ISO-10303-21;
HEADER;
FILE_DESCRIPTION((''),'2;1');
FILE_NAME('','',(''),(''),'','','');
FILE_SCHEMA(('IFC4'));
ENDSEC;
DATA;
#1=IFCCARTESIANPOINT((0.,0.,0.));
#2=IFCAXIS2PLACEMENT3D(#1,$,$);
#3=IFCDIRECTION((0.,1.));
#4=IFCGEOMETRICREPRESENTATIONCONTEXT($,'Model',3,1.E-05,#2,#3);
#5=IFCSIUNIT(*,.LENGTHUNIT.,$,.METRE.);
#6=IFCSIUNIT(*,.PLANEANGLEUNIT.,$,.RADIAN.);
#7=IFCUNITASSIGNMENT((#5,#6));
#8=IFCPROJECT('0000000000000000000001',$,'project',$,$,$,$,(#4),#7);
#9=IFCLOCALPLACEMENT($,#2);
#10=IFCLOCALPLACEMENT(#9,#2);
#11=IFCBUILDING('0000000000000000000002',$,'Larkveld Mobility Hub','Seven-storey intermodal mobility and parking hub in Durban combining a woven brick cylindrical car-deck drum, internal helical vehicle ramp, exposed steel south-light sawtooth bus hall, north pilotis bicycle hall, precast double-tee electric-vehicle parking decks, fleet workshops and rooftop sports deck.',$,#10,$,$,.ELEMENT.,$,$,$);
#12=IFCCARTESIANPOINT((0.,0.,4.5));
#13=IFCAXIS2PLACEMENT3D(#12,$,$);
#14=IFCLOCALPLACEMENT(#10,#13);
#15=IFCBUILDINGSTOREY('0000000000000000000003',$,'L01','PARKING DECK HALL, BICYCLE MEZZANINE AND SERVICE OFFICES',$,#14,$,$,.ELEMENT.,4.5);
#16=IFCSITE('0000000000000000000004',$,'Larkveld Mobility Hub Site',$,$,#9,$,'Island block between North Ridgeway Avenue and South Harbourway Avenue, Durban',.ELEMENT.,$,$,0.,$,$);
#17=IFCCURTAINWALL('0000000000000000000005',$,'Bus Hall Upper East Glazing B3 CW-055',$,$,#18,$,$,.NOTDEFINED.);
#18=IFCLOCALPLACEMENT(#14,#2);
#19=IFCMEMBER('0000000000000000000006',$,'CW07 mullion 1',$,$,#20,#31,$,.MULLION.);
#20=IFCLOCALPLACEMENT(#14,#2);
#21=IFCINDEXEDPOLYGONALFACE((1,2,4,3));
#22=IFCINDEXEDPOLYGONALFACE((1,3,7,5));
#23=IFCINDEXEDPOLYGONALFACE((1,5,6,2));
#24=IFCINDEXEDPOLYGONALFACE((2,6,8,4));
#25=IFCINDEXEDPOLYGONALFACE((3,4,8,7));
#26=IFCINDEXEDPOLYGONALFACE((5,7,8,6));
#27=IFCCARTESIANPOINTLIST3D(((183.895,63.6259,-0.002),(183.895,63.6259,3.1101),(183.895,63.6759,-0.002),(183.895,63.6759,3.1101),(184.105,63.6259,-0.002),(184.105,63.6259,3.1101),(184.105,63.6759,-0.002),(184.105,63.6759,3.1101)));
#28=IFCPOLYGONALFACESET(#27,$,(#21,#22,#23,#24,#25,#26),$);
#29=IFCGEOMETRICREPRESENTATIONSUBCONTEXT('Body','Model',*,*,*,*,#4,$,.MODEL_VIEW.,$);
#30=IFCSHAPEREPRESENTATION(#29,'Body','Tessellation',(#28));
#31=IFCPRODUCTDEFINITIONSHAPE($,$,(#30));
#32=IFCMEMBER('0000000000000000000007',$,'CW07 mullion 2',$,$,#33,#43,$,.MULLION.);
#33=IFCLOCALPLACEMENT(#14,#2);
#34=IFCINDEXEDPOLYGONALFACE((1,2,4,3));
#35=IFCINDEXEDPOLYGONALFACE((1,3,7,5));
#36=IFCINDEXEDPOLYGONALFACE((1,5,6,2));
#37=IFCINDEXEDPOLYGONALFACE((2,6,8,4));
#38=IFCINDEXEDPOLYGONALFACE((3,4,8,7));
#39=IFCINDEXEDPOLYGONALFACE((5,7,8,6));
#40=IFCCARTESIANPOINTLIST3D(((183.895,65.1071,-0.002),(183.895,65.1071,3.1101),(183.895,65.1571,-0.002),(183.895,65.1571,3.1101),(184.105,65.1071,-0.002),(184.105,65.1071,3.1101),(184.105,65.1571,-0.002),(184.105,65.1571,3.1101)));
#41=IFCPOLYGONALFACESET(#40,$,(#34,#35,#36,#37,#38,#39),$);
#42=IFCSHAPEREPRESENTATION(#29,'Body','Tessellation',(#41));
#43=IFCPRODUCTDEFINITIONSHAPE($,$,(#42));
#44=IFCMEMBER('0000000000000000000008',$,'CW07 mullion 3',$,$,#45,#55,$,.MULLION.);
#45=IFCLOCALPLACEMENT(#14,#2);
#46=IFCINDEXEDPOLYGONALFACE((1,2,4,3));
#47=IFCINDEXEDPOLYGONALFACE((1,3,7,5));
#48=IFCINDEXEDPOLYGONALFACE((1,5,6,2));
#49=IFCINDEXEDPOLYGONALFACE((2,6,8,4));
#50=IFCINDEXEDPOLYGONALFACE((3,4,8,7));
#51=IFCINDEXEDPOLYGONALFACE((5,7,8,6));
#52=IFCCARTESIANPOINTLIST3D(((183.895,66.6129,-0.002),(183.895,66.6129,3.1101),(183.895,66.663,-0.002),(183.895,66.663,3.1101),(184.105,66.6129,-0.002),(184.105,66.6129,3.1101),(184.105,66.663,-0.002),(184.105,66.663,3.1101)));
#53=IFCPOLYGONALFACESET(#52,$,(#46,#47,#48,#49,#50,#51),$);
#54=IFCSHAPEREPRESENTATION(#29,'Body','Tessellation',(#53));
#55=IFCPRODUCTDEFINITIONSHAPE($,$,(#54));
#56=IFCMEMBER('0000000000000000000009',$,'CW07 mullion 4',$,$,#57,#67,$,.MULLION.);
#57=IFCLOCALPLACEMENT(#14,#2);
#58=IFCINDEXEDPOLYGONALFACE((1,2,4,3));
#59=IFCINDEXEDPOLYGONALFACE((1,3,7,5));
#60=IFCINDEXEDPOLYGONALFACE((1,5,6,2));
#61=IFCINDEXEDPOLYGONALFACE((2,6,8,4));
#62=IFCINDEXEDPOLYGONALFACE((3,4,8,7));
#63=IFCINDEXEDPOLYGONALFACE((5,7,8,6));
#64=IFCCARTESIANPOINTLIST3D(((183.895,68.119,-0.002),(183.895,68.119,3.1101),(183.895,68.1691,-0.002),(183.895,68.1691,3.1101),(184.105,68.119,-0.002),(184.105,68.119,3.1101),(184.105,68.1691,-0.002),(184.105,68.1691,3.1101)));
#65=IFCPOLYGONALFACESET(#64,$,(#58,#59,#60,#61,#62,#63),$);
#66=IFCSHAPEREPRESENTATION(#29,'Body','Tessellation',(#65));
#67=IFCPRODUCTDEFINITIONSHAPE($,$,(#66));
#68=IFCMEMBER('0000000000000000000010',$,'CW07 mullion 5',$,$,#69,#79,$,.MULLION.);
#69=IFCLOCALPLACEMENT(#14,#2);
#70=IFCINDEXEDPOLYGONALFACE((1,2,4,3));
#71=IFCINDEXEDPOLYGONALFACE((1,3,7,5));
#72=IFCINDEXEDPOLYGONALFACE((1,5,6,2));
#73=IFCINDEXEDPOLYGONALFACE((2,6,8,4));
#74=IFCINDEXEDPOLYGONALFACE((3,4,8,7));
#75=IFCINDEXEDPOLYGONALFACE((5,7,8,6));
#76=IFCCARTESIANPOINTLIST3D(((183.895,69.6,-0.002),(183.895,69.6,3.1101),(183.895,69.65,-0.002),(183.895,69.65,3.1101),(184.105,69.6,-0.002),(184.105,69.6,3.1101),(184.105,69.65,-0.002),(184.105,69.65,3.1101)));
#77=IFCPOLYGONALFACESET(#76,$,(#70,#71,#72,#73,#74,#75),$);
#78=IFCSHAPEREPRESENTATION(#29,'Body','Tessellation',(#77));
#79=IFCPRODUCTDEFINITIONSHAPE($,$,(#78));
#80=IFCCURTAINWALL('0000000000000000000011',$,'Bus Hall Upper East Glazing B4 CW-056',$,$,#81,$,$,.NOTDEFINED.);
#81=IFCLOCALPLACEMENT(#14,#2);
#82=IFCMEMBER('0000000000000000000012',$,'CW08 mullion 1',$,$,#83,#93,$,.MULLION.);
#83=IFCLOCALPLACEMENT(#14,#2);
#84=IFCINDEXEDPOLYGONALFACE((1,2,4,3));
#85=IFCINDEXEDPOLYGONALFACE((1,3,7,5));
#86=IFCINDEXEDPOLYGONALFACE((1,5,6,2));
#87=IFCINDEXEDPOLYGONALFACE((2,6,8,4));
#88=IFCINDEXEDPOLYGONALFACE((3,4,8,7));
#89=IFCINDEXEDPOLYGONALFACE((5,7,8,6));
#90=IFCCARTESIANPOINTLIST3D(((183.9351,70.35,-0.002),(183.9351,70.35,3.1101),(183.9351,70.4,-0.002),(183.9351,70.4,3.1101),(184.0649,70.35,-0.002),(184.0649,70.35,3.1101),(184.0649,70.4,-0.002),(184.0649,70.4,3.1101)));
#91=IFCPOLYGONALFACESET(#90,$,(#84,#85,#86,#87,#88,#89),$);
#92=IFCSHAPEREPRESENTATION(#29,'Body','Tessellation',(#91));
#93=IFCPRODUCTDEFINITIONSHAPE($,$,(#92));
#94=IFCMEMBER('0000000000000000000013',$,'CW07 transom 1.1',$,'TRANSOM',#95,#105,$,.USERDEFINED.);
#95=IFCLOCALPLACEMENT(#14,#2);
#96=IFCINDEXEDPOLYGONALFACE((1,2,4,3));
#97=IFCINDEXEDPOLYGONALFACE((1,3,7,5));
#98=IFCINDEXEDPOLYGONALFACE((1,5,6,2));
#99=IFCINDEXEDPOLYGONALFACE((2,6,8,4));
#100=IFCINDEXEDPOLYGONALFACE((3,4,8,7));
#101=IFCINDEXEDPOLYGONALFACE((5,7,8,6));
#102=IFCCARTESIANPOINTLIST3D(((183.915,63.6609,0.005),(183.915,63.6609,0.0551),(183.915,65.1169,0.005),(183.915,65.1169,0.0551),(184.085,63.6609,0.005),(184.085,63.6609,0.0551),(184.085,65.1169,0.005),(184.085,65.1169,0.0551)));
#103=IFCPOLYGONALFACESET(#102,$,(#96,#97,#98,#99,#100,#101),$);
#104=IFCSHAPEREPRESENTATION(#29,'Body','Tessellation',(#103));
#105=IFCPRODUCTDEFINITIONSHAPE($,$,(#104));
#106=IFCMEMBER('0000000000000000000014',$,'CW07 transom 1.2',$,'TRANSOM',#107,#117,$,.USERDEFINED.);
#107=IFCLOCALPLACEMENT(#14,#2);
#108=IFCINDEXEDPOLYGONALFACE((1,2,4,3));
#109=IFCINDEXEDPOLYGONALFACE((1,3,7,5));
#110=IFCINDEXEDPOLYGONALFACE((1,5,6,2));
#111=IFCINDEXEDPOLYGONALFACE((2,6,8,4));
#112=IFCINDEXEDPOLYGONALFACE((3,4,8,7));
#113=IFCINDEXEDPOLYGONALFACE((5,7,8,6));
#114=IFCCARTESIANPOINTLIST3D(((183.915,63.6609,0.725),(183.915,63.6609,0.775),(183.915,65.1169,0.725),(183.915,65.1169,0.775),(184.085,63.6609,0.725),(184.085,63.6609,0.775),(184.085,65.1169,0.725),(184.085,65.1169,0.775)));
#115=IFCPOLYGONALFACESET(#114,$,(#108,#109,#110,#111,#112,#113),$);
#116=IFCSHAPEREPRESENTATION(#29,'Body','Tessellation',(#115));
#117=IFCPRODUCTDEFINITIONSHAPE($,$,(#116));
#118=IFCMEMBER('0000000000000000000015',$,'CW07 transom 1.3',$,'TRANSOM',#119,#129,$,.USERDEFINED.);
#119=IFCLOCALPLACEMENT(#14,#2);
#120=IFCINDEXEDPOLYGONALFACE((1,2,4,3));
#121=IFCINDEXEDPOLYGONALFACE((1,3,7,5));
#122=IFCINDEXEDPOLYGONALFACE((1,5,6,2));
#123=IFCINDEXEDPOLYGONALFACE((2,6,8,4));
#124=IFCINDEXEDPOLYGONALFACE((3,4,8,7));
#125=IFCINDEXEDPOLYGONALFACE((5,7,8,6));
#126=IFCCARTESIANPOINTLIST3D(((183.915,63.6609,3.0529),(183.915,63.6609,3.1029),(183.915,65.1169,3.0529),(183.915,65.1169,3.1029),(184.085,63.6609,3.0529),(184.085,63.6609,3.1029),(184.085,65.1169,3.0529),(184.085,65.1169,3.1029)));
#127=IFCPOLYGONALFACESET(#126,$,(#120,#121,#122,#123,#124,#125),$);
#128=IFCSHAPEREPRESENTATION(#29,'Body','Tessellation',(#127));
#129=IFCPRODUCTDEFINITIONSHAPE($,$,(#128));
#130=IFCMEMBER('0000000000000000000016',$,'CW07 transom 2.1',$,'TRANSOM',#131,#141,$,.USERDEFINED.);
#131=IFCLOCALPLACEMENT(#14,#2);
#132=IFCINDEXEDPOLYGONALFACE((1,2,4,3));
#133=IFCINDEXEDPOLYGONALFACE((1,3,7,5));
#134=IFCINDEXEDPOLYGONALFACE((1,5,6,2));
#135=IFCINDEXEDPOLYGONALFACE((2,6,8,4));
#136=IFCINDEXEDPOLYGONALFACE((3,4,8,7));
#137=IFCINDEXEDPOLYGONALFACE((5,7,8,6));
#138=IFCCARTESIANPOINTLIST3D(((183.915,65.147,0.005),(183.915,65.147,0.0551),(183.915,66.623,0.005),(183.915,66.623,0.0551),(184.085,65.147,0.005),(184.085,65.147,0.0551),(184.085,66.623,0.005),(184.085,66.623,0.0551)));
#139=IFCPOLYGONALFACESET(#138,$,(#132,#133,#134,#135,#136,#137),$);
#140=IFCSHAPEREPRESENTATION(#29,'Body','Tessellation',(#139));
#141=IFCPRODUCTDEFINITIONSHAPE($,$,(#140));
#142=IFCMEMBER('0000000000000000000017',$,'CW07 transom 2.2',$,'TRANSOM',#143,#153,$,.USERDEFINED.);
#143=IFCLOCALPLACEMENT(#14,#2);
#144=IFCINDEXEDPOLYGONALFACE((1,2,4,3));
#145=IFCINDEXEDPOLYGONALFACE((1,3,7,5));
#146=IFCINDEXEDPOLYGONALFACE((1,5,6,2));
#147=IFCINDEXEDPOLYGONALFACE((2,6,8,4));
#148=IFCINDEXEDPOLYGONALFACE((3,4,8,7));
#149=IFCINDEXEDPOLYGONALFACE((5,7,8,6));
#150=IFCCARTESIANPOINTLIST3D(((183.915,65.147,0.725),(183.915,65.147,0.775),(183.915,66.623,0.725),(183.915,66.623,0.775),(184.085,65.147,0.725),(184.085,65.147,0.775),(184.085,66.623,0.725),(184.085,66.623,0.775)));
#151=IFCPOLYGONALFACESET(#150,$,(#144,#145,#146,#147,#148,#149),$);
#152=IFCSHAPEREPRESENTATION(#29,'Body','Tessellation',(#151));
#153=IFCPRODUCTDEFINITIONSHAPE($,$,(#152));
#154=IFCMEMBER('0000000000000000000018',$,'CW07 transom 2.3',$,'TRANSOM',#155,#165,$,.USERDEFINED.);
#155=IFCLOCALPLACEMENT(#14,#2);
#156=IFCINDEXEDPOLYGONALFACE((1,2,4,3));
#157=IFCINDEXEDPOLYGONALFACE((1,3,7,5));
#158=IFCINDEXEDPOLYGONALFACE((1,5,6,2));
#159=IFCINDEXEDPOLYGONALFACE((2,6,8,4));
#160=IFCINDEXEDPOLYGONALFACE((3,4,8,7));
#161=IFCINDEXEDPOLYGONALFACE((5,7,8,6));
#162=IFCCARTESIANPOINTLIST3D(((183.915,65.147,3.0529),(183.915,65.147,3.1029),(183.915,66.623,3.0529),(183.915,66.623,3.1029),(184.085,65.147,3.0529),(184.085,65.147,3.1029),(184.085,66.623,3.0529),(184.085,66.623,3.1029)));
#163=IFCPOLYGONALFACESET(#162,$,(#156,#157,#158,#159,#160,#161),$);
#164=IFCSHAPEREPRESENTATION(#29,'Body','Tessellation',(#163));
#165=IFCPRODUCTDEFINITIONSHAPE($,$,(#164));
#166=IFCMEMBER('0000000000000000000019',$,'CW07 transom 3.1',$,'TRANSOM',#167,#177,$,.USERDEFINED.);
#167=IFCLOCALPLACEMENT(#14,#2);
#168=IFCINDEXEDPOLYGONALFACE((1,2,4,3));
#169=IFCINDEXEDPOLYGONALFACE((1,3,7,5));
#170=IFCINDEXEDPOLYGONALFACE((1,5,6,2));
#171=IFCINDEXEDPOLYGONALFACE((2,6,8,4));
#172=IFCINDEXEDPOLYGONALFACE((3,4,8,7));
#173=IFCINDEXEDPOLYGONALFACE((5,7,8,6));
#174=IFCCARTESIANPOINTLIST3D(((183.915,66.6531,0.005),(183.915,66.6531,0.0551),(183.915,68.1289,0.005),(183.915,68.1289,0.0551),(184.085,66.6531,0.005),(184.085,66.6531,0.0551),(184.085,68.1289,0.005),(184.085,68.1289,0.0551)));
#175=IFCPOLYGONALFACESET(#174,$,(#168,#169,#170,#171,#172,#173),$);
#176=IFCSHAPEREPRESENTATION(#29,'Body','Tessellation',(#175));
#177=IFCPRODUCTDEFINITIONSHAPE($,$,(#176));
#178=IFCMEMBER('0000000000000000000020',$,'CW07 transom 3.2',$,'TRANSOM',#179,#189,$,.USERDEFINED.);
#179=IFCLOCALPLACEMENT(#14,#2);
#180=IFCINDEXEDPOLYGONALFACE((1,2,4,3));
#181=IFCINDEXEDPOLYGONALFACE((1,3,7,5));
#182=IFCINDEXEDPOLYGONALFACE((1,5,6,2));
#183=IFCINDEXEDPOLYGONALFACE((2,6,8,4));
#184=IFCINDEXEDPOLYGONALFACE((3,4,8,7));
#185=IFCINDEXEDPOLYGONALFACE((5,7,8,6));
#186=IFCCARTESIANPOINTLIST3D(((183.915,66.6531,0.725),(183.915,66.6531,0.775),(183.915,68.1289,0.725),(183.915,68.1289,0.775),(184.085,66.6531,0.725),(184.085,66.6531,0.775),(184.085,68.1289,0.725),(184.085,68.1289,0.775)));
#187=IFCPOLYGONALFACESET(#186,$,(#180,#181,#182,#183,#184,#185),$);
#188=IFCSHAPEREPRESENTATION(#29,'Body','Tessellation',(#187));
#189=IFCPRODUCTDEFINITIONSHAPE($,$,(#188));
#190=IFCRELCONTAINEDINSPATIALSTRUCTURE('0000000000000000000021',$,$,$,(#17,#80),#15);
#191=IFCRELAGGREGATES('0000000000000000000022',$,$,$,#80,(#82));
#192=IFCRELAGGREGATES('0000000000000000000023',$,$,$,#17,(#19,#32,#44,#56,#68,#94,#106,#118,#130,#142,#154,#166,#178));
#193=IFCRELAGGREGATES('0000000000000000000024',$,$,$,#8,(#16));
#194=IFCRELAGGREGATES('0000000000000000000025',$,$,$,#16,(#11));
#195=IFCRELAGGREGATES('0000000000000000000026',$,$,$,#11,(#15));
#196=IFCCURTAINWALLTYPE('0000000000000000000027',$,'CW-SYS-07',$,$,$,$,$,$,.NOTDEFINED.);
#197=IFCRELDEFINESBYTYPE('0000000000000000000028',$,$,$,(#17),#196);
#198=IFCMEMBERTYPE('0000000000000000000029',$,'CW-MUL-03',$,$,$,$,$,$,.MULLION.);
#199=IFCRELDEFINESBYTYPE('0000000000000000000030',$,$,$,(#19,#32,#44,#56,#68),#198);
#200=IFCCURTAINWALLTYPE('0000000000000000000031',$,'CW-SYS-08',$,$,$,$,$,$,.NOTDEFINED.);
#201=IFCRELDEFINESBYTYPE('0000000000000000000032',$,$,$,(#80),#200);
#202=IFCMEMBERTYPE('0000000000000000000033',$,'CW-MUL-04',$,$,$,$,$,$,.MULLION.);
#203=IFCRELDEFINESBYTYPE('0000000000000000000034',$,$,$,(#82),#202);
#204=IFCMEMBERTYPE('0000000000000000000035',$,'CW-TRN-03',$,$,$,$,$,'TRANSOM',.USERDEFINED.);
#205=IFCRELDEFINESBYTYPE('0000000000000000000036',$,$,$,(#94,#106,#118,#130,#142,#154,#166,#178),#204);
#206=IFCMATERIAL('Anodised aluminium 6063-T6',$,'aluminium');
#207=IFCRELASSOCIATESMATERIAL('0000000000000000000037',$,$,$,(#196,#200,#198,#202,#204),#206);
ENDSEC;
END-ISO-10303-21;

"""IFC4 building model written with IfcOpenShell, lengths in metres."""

from ifc_helpers import new_model, si_unit, direction, frame, origin, origin_2d, place, context, subcontext, project, spatial, rectangle, extrude, material, material_profile, profile_set, type_object, element, aggregate, save


model = new_model("IFC4")

# Units and contexts
model_context = context("Model", 3, precision=1e-05, world=origin(), true_north=direction((0.0, 1.0)))
body_context = subcontext(model_context, "Body", "Model", "MODEL_VIEW")
ifc_project = project(units=[si_unit("LENGTHUNIT", "METRE"), si_unit("PLANEANGLEUNIT", "RADIAN")], contexts=[model_context])

# Site, building, storey
site_placement = place(None, origin())
site = spatial("IfcSite", under=ifc_project, at=site_placement, Name="Larkveld Mobility Hub Site", LongName="Island block between North Ridgeway Avenue and South Harbourway Avenue, Durban", CompositionType="ELEMENT", RefElevation=0.0)
building_placement = place(site_placement, origin())
building = spatial("IfcBuilding", under=site, at=building_placement, Name="Larkveld Mobility Hub", Description="Seven-storey intermodal mobility and parking hub in Durban combining a woven brick cylindrical car-deck drum, internal helical vehicle ramp, exposed steel south-light sawtooth bus hall, north pilotis bicycle hall, precast double-tee electric-vehicle parking decks, fleet workshops and rooftop sports deck.", CompositionType="ELEMENT")
storey_placement = place(building_placement, frame((0.0, 0.0, 4.5)))
storey = spatial("IfcBuildingStorey", under=building, at=storey_placement, Name="L01", Description="PARKING DECK HALL, BICYCLE MEZZANINE AND SERVICE OFFICES", CompositionType="ELEMENT", Elevation=4.5)

# Curtain wall, members
ifc_material_1 = material(Name="Anodised aluminium 6063-T6", Category="aluminium")
curtain_wall_type_1 = type_object("IfcCurtainWallType", Name="CW-SYS-07", PredefinedType="NOTDEFINED", material=ifc_material_1)
curtain_wall_1_placement = place(storey_placement, origin())
curtain_wall_1 = element("IfcCurtainWall", 1, at=curtain_wall_1_placement, inside=storey, type_object=curtain_wall_type_1, Name="Bus Hall Upper East Glazing B3 CW-055", PredefinedType="NOTDEFINED")
ifc_material_profile_1 = material_profile(ifc_material_1, rectangle(XDim=0.05, YDim=0.21, at=origin_2d()), Name="ALU MULL 50x210")
ifc_profile_set_1 = profile_set([ifc_material_profile_1], Name="Anodised aluminium 6063-T6")
member_type_1 = type_object("IfcMemberType", Name="CW-MUL-03", PredefinedType="MULLION", material=ifc_profile_set_1)
member_1_placement = place(storey_placement, frame((184.0, 63.6509, -0.002), z_axis=(0.0, 0.0, 1.0), x_axis=(0.0, 1.0, 0.0)))
member_1 = element("IfcMember", 2, at=member_1_placement, type_object=member_type_1, Name="CW07 mullion 1", PredefinedType="MULLION", context=body_context, shape_type="SweptSolid", body=[
    extrude(rectangle(XDim=0.05, YDim=0.21, at=origin_2d()), origin(), (0.0, 0.0, 1.0), 3.1121),
])
member_2_placement = place(storey_placement, frame((184.0, 65.1321, -0.002), z_axis=(0.0, 0.0, 1.0), x_axis=(0.0, 1.0, 0.0)))
member_2 = element("IfcMember", 3, at=member_2_placement, type_object=member_type_1, Name="CW07 mullion 2", PredefinedType="MULLION", context=body_context, shape_type="SweptSolid", body=[
    extrude(rectangle(XDim=0.05, YDim=0.21, at=origin_2d()), origin(), (0.0, 0.0, 1.0), 3.1121),
])
member_3_placement = place(storey_placement, frame((184.0, 66.6379, -0.002), z_axis=(0.0, 0.0, 1.0), x_axis=(0.0, 1.0, 0.0)))
member_3 = element("IfcMember", 4, at=member_3_placement, type_object=member_type_1, Name="CW07 mullion 3", PredefinedType="MULLION", context=body_context, shape_type="SweptSolid", body=[
    extrude(rectangle(XDim=0.05, YDim=0.21, at=origin_2d()), origin(), (0.0, 0.0, 1.0), 3.1121),
])
member_4_placement = place(storey_placement, frame((184.0, 68.144, -0.002), z_axis=(0.0, 0.0, 1.0), x_axis=(0.0, 1.0, 0.0)))
member_4 = element("IfcMember", 5, at=member_4_placement, type_object=member_type_1, Name="CW07 mullion 4", PredefinedType="MULLION", context=body_context, shape_type="SweptSolid", body=[
    extrude(rectangle(XDim=0.05, YDim=0.21, at=origin_2d()), origin(), (0.0, 0.0, 1.0), 3.1121),
])
member_5_placement = place(storey_placement, frame((184.0, 69.625, -0.002), z_axis=(0.0, 0.0, 1.0), x_axis=(0.0, 1.0, 0.0)))
member_5 = element("IfcMember", 6, at=member_5_placement, type_object=member_type_1, Name="CW07 mullion 5", PredefinedType="MULLION", context=body_context, shape_type="SweptSolid", body=[
    extrude(rectangle(XDim=0.05, YDim=0.21, at=origin_2d()), origin(), (0.0, 0.0, 1.0), 3.1121),
])

# Curtain wall, member
curtain_wall_type_2 = type_object("IfcCurtainWallType", Name="CW-SYS-08", PredefinedType="NOTDEFINED", material=ifc_material_1)
curtain_wall_2_placement = place(storey_placement, origin())
curtain_wall_2 = element("IfcCurtainWall", 7, at=curtain_wall_2_placement, inside=storey, type_object=curtain_wall_type_2, Name="Bus Hall Upper East Glazing B4 CW-056", PredefinedType="NOTDEFINED")
ifc_material_profile_2 = material_profile(ifc_material_1, rectangle(XDim=0.05, YDim=0.1299, at=origin_2d()), Name="ALU MULL 50x130")
ifc_profile_set_2 = profile_set([ifc_material_profile_2], Name="Anodised aluminium 6063-T6")
member_type_2 = type_object("IfcMemberType", Name="CW-MUL-04", PredefinedType="MULLION", material=ifc_profile_set_2)
member_6_placement = place(storey_placement, frame((184.0, 70.375, -0.002), z_axis=(0.0, 0.0, 1.0), x_axis=(0.0, 1.0, 0.0)))
member_6 = element("IfcMember", 8, at=member_6_placement, type_object=member_type_2, Name="CW08 mullion 1", PredefinedType="MULLION", context=body_context, shape_type="SweptSolid", body=[
    extrude(rectangle(XDim=0.05, YDim=0.1299, at=origin_2d()), origin(), (0.0, 0.0, 1.0), 3.1121),
])
aggregate(curtain_wall_2, [member_6])

# Members
ifc_material_profile_3 = material_profile(ifc_material_1, rectangle(XDim=0.1699, YDim=0.05, at=origin_2d()), Name="ALU TRAN 50x170")
ifc_profile_set_3 = profile_set([ifc_material_profile_3], Name="Anodised aluminium 6063-T6")
member_type_3 = type_object("IfcMemberType", Name="CW-TRN-03", ElementType="TRANSOM", PredefinedType="USERDEFINED", material=ifc_profile_set_3)
member_7_placement = place(storey_placement, frame((184.0, 63.6609, 0.03), z_axis=(0.0, 1.0, 0.0), x_axis=(-1.0, 0.0, 0.0)))
member_7 = element("IfcMember", 9, at=member_7_placement, type_object=member_type_3, Name="CW07 transom 1.1", ObjectType="TRANSOM", PredefinedType="USERDEFINED", context=body_context, shape_type="SweptSolid", body=[
    extrude(rectangle(XDim=0.1699, YDim=0.05, at=origin_2d()), origin(), (0.0, 0.0, 1.0), 1.4561),
])
member_8_placement = place(storey_placement, frame((184.0, 63.6609, 0.75), z_axis=(0.0, 1.0, 0.0), x_axis=(-1.0, 0.0, 0.0)))
member_8 = element("IfcMember", 10, at=member_8_placement, type_object=member_type_3, Name="CW07 transom 1.2", ObjectType="TRANSOM", PredefinedType="USERDEFINED", context=body_context, shape_type="SweptSolid", body=[
    extrude(rectangle(XDim=0.1699, YDim=0.05, at=origin_2d()), origin(), (0.0, 0.0, 1.0), 1.4561),
])
member_9_placement = place(storey_placement, frame((184.0, 63.6609, 3.0779), z_axis=(0.0, 1.0, 0.0), x_axis=(-1.0, 0.0, 0.0)))
member_9 = element("IfcMember", 11, at=member_9_placement, type_object=member_type_3, Name="CW07 transom 1.3", ObjectType="TRANSOM", PredefinedType="USERDEFINED", context=body_context, shape_type="SweptSolid", body=[
    extrude(rectangle(XDim=0.1699, YDim=0.05, at=origin_2d()), origin(), (0.0, 0.0, 1.0), 1.4561),
])
member_10_placement = place(storey_placement, frame((184.0, 65.147, 0.03), z_axis=(0.0, 1.0, 0.0), x_axis=(-1.0, 0.0, 0.0)))
member_10 = element("IfcMember", 12, at=member_10_placement, type_object=member_type_3, Name="CW07 transom 2.1", ObjectType="TRANSOM", PredefinedType="USERDEFINED", context=body_context, shape_type="SweptSolid", body=[
    extrude(rectangle(XDim=0.1699, YDim=0.05, at=origin_2d()), origin(), (0.0, 0.0, 1.0), 1.4761),
])
member_11_placement = place(storey_placement, frame((184.0, 65.147, 0.75), z_axis=(0.0, 1.0, 0.0), x_axis=(-1.0, 0.0, 0.0)))
member_11 = element("IfcMember", 13, at=member_11_placement, type_object=member_type_3, Name="CW07 transom 2.2", ObjectType="TRANSOM", PredefinedType="USERDEFINED", context=body_context, shape_type="SweptSolid", body=[
    extrude(rectangle(XDim=0.1699, YDim=0.05, at=origin_2d()), origin(), (0.0, 0.0, 1.0), 1.4761),
])
member_12_placement = place(storey_placement, frame((184.0, 65.147, 3.0779), z_axis=(0.0, 1.0, 0.0), x_axis=(-1.0, 0.0, 0.0)))
member_12 = element("IfcMember", 14, at=member_12_placement, type_object=member_type_3, Name="CW07 transom 2.3", ObjectType="TRANSOM", PredefinedType="USERDEFINED", context=body_context, shape_type="SweptSolid", body=[
    extrude(rectangle(XDim=0.1699, YDim=0.05, at=origin_2d()), origin(), (0.0, 0.0, 1.0), 1.4761),
])
member_13_placement = place(storey_placement, frame((184.0, 66.6531, 0.03), z_axis=(0.0, 1.0, 0.0), x_axis=(-1.0, 0.0, 0.0)))
member_13 = element("IfcMember", 15, at=member_13_placement, type_object=member_type_3, Name="CW07 transom 3.1", ObjectType="TRANSOM", PredefinedType="USERDEFINED", context=body_context, shape_type="SweptSolid", body=[
    extrude(rectangle(XDim=0.1699, YDim=0.05, at=origin_2d()), origin(), (0.0, 0.0, 1.0), 1.4758),
])
member_14_placement = place(storey_placement, frame((184.0, 66.6531, 0.75), z_axis=(0.0, 1.0, 0.0), x_axis=(-1.0, 0.0, 0.0)))
member_14 = element("IfcMember", 16, at=member_14_placement, type_object=member_type_3, Name="CW07 transom 3.2", ObjectType="TRANSOM", PredefinedType="USERDEFINED", context=body_context, shape_type="SweptSolid", body=[
    extrude(rectangle(XDim=0.1699, YDim=0.05, at=origin_2d()), origin(), (0.0, 0.0, 1.0), 1.4758),
])

aggregate(curtain_wall_1, [member_1, member_2, member_3, member_4, member_5, member_7, member_8, member_9, member_10, member_11, member_12, member_13, member_14])

save(model, "model.ifc")
